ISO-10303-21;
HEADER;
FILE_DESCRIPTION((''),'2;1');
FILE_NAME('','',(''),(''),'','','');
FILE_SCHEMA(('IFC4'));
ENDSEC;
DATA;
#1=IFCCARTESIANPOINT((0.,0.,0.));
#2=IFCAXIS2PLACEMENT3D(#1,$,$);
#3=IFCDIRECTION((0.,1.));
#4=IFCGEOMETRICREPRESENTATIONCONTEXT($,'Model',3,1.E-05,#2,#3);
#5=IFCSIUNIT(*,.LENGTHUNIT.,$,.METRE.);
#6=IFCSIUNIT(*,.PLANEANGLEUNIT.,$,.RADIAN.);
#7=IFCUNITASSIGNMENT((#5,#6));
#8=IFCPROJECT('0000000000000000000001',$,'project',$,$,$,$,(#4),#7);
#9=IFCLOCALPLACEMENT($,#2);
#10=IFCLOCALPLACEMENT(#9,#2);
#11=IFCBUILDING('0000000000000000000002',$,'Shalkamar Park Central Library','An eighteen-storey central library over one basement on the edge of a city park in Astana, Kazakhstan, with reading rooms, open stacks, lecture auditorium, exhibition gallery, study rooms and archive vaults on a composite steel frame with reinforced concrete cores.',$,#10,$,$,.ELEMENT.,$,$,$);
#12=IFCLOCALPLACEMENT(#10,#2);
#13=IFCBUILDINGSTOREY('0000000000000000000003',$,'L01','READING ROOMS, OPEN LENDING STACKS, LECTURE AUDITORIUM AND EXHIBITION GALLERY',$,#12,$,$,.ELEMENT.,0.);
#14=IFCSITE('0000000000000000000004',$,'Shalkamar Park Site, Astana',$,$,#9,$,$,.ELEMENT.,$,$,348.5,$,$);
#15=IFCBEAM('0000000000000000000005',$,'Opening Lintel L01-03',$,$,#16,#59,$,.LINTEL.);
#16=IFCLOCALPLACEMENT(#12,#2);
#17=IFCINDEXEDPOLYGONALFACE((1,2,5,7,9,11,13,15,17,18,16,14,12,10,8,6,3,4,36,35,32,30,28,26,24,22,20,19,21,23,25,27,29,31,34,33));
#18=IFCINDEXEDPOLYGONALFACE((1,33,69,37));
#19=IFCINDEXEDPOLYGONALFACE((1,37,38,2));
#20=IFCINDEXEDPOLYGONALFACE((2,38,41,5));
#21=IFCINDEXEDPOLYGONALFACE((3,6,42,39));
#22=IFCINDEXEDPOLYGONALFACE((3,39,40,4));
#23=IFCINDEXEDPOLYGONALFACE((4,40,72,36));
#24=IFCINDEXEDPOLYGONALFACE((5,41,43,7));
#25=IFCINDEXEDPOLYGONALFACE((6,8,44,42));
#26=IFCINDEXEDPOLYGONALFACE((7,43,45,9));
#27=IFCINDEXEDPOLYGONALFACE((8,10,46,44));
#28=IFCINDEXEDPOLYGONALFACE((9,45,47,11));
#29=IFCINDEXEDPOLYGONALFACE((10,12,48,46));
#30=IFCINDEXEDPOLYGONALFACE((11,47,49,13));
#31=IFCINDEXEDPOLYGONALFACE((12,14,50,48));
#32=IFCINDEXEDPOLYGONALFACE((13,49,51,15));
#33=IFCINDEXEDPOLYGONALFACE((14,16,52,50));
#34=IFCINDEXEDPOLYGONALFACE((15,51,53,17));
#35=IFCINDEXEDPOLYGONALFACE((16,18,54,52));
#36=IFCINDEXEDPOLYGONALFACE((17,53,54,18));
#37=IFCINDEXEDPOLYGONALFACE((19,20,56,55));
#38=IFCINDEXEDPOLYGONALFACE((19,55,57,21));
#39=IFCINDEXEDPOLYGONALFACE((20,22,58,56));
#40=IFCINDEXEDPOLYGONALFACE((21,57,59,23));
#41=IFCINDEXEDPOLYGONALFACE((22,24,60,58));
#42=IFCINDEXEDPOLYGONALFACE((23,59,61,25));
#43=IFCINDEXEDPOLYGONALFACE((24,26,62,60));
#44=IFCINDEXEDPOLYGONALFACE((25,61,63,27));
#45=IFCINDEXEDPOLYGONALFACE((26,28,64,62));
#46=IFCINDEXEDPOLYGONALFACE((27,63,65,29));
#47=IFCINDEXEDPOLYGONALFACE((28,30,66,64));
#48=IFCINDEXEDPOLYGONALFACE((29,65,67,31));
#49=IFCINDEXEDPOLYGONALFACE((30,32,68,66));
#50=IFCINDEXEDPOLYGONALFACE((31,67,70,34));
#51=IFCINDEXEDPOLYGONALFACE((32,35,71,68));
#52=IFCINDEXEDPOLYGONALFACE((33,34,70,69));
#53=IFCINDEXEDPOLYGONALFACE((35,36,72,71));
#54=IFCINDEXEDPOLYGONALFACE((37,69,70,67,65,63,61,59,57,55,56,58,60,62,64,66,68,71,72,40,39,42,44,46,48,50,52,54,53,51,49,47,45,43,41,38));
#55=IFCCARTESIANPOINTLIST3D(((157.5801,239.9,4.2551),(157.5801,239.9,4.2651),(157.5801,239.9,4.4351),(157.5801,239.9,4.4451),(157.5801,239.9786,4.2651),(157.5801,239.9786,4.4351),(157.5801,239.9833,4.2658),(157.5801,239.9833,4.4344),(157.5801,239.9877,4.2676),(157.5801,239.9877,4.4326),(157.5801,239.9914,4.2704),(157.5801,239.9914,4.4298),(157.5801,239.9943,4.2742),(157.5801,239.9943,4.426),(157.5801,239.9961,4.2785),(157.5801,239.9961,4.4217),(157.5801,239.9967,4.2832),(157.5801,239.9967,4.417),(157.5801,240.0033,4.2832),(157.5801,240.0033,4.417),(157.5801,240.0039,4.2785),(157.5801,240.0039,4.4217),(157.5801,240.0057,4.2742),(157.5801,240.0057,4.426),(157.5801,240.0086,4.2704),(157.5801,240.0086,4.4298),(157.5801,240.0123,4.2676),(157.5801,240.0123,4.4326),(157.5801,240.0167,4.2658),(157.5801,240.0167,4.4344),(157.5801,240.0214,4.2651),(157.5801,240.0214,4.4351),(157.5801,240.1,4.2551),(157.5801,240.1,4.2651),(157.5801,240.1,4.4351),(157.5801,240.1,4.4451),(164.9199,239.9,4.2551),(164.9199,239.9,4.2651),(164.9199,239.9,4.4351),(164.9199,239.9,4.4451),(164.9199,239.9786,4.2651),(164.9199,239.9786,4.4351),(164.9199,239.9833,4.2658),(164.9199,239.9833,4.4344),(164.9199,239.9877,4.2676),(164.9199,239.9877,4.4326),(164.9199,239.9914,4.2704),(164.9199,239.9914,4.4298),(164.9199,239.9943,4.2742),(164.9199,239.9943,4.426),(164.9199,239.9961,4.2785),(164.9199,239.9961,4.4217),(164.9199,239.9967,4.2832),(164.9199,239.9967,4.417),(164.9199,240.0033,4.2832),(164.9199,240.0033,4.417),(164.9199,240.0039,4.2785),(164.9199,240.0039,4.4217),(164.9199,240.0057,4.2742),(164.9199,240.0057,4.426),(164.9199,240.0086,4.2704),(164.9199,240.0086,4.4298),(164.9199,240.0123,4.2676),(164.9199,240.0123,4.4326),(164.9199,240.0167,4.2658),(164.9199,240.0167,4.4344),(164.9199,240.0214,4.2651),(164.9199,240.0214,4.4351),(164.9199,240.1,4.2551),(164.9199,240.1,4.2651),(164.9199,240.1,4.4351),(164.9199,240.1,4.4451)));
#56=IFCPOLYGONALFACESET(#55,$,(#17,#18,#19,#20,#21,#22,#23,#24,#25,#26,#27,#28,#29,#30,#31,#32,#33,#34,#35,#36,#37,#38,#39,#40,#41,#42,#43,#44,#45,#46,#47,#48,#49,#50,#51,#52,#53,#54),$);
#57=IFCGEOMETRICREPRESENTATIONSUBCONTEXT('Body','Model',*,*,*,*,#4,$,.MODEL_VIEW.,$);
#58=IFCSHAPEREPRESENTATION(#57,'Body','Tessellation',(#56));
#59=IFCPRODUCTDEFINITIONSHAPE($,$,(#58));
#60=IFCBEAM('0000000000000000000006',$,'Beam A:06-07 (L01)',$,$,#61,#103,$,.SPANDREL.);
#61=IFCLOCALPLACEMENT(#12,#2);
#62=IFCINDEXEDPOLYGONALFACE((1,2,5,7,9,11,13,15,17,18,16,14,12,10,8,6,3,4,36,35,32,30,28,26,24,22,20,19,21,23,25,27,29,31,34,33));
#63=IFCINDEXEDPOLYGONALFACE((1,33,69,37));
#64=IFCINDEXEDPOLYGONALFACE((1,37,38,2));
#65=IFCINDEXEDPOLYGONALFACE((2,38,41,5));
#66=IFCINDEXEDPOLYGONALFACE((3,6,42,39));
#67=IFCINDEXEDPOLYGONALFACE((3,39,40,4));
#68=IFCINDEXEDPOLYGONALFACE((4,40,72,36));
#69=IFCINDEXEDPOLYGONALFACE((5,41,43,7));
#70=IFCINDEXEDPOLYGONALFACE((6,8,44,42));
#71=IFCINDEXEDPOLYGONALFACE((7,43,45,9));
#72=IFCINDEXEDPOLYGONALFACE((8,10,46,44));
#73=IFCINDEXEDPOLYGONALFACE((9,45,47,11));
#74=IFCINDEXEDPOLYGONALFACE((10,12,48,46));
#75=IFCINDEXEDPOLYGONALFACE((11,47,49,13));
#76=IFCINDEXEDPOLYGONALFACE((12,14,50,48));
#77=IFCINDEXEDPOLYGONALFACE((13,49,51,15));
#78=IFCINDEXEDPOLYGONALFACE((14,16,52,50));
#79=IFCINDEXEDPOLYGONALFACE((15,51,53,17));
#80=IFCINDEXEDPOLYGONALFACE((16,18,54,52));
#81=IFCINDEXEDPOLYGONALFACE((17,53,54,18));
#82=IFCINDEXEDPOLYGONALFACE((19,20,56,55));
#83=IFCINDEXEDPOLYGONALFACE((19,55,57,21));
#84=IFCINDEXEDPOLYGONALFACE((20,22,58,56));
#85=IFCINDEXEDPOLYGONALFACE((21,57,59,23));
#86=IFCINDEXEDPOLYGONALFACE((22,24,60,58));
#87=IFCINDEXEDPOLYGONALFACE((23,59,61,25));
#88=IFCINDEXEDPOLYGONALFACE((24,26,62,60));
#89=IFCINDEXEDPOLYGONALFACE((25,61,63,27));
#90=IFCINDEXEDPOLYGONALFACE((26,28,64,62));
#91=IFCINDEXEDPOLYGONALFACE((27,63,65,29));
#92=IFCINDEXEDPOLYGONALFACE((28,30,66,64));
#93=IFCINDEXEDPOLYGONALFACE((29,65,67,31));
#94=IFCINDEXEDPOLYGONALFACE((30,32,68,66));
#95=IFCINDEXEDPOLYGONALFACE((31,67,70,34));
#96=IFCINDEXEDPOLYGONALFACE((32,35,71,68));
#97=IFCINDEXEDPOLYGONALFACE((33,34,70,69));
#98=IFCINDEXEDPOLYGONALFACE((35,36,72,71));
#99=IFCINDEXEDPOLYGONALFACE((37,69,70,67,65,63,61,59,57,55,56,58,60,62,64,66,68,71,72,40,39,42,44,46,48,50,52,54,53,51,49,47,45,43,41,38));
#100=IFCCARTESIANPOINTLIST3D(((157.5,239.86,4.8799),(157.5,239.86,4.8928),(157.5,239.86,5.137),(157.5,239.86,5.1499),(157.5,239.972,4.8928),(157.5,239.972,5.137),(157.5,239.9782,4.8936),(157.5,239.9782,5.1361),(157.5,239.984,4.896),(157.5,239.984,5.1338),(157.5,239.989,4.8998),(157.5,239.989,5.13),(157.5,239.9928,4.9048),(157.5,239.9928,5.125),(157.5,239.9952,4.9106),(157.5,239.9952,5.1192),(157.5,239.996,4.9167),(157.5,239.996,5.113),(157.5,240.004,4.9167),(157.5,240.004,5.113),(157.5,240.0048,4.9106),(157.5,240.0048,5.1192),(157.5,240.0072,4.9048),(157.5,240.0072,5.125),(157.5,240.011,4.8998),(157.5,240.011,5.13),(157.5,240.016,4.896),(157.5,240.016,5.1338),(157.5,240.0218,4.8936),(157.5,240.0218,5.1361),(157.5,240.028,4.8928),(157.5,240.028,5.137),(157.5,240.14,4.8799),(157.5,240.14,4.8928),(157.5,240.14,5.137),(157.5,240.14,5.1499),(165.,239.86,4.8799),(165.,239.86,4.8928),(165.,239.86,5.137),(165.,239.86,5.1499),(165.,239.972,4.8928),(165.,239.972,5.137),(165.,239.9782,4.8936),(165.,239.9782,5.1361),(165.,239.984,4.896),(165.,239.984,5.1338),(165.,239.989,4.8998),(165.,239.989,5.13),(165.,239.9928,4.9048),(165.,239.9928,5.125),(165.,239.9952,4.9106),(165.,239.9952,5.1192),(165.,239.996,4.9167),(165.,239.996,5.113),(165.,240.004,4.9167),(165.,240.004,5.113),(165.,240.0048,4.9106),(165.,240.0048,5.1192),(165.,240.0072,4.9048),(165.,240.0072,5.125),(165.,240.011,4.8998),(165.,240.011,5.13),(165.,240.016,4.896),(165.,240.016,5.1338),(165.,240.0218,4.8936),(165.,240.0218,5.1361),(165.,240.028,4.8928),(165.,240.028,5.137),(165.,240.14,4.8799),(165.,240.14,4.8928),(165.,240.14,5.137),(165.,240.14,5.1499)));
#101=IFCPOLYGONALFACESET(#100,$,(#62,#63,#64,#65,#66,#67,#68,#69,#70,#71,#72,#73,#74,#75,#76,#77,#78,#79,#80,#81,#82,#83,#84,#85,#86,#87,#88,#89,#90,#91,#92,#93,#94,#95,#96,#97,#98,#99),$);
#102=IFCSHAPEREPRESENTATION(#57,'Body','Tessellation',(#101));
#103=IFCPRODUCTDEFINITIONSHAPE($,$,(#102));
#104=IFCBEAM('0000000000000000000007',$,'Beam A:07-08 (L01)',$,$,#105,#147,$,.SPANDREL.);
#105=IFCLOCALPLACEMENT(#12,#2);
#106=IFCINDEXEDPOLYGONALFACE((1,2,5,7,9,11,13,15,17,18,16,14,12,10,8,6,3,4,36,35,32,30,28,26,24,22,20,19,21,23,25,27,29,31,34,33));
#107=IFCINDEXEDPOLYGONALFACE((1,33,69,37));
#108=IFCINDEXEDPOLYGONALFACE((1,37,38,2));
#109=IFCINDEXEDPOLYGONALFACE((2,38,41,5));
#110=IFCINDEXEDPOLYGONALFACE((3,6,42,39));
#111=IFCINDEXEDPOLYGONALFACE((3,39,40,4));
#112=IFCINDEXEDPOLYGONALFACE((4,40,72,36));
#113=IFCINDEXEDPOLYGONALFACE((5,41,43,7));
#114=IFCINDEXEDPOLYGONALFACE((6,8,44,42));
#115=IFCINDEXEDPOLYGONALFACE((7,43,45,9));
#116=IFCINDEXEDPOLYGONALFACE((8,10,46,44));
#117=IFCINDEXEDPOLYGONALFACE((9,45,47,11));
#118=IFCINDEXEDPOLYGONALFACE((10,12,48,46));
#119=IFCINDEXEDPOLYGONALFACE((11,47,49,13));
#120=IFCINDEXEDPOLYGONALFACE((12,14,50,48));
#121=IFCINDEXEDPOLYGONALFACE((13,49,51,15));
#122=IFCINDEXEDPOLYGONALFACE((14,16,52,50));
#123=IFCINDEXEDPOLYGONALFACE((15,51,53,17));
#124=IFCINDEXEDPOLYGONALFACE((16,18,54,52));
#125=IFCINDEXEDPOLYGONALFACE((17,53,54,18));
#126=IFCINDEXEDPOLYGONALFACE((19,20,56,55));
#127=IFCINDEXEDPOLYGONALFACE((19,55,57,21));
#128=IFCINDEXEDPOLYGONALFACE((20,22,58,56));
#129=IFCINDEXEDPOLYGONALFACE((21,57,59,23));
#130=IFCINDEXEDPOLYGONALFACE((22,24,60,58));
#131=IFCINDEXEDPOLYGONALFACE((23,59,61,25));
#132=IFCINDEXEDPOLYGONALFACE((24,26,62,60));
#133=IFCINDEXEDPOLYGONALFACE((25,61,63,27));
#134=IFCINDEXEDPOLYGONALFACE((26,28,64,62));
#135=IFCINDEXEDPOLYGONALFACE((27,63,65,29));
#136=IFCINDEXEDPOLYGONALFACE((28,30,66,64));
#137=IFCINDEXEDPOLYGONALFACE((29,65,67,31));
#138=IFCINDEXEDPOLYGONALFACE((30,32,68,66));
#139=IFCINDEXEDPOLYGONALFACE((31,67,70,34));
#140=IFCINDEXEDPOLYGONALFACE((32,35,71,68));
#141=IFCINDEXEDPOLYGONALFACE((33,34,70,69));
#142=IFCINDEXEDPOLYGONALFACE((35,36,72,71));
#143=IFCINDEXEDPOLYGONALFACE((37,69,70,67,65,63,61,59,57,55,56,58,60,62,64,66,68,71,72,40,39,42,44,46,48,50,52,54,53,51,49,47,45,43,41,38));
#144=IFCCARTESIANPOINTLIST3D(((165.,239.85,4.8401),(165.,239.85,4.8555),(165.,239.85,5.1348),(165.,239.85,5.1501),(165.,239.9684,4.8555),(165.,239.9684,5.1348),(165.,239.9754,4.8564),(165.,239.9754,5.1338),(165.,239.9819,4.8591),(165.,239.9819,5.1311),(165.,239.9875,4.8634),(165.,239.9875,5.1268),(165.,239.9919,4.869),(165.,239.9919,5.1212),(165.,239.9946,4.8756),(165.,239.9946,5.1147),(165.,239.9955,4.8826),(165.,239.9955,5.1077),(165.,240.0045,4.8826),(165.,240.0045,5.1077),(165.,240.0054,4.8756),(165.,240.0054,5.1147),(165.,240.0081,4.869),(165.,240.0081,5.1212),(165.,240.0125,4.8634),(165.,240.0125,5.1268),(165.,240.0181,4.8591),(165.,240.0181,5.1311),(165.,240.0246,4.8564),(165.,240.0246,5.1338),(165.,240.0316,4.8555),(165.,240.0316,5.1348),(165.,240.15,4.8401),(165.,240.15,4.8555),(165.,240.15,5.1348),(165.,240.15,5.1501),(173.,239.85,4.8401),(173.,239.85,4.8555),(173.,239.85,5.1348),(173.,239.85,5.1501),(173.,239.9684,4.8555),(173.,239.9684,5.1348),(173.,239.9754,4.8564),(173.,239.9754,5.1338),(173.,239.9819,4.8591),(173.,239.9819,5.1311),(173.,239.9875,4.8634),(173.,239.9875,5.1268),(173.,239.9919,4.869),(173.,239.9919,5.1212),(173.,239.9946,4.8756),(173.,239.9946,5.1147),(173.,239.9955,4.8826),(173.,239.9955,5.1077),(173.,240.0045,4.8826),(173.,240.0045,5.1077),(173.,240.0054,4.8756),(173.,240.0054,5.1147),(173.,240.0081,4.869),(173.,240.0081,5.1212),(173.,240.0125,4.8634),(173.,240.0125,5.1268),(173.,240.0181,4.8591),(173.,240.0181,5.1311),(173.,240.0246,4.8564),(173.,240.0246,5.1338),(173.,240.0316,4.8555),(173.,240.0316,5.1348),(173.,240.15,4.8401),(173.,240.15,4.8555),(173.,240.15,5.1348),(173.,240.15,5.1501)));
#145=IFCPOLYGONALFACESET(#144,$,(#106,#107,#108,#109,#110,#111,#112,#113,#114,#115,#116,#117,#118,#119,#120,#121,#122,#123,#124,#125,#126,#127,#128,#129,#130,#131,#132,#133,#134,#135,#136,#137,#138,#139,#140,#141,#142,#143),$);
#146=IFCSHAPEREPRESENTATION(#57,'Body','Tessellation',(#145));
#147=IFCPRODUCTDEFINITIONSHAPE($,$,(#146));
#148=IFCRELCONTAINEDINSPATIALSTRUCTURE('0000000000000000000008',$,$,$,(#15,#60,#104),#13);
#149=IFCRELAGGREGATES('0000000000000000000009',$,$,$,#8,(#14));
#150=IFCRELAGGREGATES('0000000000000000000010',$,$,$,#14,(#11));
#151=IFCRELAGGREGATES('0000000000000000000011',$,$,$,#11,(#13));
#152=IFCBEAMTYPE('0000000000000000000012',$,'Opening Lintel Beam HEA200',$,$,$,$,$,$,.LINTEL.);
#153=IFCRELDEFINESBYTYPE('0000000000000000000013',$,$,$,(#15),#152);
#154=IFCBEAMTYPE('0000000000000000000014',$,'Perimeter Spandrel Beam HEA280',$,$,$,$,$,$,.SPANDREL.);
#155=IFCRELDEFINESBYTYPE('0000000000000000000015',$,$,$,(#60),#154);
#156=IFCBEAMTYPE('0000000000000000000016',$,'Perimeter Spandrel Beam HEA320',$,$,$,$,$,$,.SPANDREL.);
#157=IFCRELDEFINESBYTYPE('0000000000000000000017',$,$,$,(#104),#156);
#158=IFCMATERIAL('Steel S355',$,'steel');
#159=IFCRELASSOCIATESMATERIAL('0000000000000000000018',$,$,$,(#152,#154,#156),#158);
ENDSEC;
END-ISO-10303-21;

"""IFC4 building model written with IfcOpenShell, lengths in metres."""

from ifc_helpers import new_model, si_unit, direction, frame, origin, origin_2d, place, context, subcontext, project, spatial, i_section, extrude, material, material_profile, profile_set, type_object, element, save


model = new_model("IFC4")

# Units and contexts
model_context = context("Model", 3, precision=1e-05, world=origin(), true_north=direction((0.0, 1.0)))
body_context = subcontext(model_context, "Body", "Model", "MODEL_VIEW")
ifc_project = project(units=[si_unit("LENGTHUNIT", "METRE"), si_unit("PLANEANGLEUNIT", "RADIAN")], contexts=[model_context])

# Site, building, storey
site_placement = place(None, origin())
site = spatial("IfcSite", under=ifc_project, at=site_placement, Name="Shalkamar Park Site, Astana", CompositionType="ELEMENT", RefElevation=348.5)
building_placement = place(site_placement, origin())
building = spatial("IfcBuilding", under=site, at=building_placement, Name="Shalkamar Park Central Library", Description="An eighteen-storey central library over one basement on the edge of a city park in Astana, Kazakhstan, with reading rooms, open stacks, lecture auditorium, exhibition gallery, study rooms and archive vaults on a composite steel frame with reinforced concrete cores.", CompositionType="ELEMENT")
storey_placement = place(building_placement, origin())
storey = spatial("IfcBuildingStorey", under=building, at=storey_placement, Name="L01", Description="READING ROOMS, OPEN LENDING STACKS, LECTURE AUDITORIUM AND EXHIBITION GALLERY", CompositionType="ELEMENT", Elevation=0.0)

# Shared definitions
ifc_material_1 = material(Name="Steel S355", Category="steel")

# Beams
ifc_material_profile_1 = material_profile(ifc_material_1, i_section(OverallWidth=0.2, OverallDepth=0.1899, WebThickness=0.0066, FlangeThickness=0.01, FilletRadius=0.0181, at=origin_2d()), Name="HEA 200")
ifc_profile_set_1 = profile_set([ifc_material_profile_1], Name="Steel S355")
beam_type_1 = type_object("IfcBeamType", Name="Opening Lintel Beam HEA200", PredefinedType="LINTEL", material=ifc_profile_set_1)
beam_1_placement = place(storey_placement, frame((157.5801, 240.0, 4.3501), z_axis=(1.0, 0.0, 0.0), x_axis=(0.0, 1.0, 0.0)))
element("IfcBeam", 1, at=beam_1_placement, inside=storey, type_object=beam_type_1, Name="Opening Lintel L01-03", PredefinedType="LINTEL", context=body_context, shape_type="SweptSolid", body=[
    extrude(i_section(OverallWidth=0.2, OverallDepth=0.1899, WebThickness=0.0066, FlangeThickness=0.01, FilletRadius=0.0181, at=origin_2d()), origin(), (0.0, 0.0, 1.0), 7.3398),
])
ifc_material_profile_2 = material_profile(ifc_material_1, i_section(OverallWidth=0.28, OverallDepth=0.27, WebThickness=0.0081, FlangeThickness=0.0129, FilletRadius=0.0239, at=origin_2d()), Name="HEA 280")
ifc_profile_set_2 = profile_set([ifc_material_profile_2], Name="Steel S355")
beam_type_2 = type_object("IfcBeamType", Name="Perimeter Spandrel Beam HEA280", PredefinedType="SPANDREL", material=ifc_profile_set_2)
beam_2_placement = place(storey_placement, frame((157.5, 240.0, 5.0149), z_axis=(1.0, 0.0, 0.0), x_axis=(0.0, 1.0, 0.0)))
element("IfcBeam", 2, at=beam_2_placement, inside=storey, type_object=beam_type_2, Name="Beam A:06-07 (L01)", PredefinedType="SPANDREL", context=body_context, shape_type="SweptSolid", body=[
    extrude(i_section(OverallWidth=0.28, OverallDepth=0.27, WebThickness=0.0081, FlangeThickness=0.0129, FilletRadius=0.0239, at=origin_2d()), origin(), (0.0, 0.0, 1.0), 7.5),
])
ifc_material_profile_3 = material_profile(ifc_material_1, i_section(OverallWidth=0.3, OverallDepth=0.3101, WebThickness=0.009, FlangeThickness=0.0154, FilletRadius=0.0271, at=origin_2d()), Name="HEA 320")
ifc_profile_set_3 = profile_set([ifc_material_profile_3], Name="Steel S355")
beam_type_3 = type_object("IfcBeamType", Name="Perimeter Spandrel Beam HEA320", PredefinedType="SPANDREL", material=ifc_profile_set_3)
beam_3_placement = place(storey_placement, frame((165.0, 240.0, 4.9951), z_axis=(1.0, 0.0, 0.0), x_axis=(0.0, 1.0, 0.0)))
element("IfcBeam", 3, at=beam_3_placement, inside=storey, type_object=beam_type_3, Name="Beam A:07-08 (L01)", PredefinedType="SPANDREL", context=body_context, shape_type="SweptSolid", body=[
    extrude(i_section(OverallWidth=0.3, OverallDepth=0.3101, WebThickness=0.009, FlangeThickness=0.0154, FilletRadius=0.0271, at=origin_2d()), origin(), (0.0, 0.0, 1.0), 8.0),
])

save(model, "model.ifc")
